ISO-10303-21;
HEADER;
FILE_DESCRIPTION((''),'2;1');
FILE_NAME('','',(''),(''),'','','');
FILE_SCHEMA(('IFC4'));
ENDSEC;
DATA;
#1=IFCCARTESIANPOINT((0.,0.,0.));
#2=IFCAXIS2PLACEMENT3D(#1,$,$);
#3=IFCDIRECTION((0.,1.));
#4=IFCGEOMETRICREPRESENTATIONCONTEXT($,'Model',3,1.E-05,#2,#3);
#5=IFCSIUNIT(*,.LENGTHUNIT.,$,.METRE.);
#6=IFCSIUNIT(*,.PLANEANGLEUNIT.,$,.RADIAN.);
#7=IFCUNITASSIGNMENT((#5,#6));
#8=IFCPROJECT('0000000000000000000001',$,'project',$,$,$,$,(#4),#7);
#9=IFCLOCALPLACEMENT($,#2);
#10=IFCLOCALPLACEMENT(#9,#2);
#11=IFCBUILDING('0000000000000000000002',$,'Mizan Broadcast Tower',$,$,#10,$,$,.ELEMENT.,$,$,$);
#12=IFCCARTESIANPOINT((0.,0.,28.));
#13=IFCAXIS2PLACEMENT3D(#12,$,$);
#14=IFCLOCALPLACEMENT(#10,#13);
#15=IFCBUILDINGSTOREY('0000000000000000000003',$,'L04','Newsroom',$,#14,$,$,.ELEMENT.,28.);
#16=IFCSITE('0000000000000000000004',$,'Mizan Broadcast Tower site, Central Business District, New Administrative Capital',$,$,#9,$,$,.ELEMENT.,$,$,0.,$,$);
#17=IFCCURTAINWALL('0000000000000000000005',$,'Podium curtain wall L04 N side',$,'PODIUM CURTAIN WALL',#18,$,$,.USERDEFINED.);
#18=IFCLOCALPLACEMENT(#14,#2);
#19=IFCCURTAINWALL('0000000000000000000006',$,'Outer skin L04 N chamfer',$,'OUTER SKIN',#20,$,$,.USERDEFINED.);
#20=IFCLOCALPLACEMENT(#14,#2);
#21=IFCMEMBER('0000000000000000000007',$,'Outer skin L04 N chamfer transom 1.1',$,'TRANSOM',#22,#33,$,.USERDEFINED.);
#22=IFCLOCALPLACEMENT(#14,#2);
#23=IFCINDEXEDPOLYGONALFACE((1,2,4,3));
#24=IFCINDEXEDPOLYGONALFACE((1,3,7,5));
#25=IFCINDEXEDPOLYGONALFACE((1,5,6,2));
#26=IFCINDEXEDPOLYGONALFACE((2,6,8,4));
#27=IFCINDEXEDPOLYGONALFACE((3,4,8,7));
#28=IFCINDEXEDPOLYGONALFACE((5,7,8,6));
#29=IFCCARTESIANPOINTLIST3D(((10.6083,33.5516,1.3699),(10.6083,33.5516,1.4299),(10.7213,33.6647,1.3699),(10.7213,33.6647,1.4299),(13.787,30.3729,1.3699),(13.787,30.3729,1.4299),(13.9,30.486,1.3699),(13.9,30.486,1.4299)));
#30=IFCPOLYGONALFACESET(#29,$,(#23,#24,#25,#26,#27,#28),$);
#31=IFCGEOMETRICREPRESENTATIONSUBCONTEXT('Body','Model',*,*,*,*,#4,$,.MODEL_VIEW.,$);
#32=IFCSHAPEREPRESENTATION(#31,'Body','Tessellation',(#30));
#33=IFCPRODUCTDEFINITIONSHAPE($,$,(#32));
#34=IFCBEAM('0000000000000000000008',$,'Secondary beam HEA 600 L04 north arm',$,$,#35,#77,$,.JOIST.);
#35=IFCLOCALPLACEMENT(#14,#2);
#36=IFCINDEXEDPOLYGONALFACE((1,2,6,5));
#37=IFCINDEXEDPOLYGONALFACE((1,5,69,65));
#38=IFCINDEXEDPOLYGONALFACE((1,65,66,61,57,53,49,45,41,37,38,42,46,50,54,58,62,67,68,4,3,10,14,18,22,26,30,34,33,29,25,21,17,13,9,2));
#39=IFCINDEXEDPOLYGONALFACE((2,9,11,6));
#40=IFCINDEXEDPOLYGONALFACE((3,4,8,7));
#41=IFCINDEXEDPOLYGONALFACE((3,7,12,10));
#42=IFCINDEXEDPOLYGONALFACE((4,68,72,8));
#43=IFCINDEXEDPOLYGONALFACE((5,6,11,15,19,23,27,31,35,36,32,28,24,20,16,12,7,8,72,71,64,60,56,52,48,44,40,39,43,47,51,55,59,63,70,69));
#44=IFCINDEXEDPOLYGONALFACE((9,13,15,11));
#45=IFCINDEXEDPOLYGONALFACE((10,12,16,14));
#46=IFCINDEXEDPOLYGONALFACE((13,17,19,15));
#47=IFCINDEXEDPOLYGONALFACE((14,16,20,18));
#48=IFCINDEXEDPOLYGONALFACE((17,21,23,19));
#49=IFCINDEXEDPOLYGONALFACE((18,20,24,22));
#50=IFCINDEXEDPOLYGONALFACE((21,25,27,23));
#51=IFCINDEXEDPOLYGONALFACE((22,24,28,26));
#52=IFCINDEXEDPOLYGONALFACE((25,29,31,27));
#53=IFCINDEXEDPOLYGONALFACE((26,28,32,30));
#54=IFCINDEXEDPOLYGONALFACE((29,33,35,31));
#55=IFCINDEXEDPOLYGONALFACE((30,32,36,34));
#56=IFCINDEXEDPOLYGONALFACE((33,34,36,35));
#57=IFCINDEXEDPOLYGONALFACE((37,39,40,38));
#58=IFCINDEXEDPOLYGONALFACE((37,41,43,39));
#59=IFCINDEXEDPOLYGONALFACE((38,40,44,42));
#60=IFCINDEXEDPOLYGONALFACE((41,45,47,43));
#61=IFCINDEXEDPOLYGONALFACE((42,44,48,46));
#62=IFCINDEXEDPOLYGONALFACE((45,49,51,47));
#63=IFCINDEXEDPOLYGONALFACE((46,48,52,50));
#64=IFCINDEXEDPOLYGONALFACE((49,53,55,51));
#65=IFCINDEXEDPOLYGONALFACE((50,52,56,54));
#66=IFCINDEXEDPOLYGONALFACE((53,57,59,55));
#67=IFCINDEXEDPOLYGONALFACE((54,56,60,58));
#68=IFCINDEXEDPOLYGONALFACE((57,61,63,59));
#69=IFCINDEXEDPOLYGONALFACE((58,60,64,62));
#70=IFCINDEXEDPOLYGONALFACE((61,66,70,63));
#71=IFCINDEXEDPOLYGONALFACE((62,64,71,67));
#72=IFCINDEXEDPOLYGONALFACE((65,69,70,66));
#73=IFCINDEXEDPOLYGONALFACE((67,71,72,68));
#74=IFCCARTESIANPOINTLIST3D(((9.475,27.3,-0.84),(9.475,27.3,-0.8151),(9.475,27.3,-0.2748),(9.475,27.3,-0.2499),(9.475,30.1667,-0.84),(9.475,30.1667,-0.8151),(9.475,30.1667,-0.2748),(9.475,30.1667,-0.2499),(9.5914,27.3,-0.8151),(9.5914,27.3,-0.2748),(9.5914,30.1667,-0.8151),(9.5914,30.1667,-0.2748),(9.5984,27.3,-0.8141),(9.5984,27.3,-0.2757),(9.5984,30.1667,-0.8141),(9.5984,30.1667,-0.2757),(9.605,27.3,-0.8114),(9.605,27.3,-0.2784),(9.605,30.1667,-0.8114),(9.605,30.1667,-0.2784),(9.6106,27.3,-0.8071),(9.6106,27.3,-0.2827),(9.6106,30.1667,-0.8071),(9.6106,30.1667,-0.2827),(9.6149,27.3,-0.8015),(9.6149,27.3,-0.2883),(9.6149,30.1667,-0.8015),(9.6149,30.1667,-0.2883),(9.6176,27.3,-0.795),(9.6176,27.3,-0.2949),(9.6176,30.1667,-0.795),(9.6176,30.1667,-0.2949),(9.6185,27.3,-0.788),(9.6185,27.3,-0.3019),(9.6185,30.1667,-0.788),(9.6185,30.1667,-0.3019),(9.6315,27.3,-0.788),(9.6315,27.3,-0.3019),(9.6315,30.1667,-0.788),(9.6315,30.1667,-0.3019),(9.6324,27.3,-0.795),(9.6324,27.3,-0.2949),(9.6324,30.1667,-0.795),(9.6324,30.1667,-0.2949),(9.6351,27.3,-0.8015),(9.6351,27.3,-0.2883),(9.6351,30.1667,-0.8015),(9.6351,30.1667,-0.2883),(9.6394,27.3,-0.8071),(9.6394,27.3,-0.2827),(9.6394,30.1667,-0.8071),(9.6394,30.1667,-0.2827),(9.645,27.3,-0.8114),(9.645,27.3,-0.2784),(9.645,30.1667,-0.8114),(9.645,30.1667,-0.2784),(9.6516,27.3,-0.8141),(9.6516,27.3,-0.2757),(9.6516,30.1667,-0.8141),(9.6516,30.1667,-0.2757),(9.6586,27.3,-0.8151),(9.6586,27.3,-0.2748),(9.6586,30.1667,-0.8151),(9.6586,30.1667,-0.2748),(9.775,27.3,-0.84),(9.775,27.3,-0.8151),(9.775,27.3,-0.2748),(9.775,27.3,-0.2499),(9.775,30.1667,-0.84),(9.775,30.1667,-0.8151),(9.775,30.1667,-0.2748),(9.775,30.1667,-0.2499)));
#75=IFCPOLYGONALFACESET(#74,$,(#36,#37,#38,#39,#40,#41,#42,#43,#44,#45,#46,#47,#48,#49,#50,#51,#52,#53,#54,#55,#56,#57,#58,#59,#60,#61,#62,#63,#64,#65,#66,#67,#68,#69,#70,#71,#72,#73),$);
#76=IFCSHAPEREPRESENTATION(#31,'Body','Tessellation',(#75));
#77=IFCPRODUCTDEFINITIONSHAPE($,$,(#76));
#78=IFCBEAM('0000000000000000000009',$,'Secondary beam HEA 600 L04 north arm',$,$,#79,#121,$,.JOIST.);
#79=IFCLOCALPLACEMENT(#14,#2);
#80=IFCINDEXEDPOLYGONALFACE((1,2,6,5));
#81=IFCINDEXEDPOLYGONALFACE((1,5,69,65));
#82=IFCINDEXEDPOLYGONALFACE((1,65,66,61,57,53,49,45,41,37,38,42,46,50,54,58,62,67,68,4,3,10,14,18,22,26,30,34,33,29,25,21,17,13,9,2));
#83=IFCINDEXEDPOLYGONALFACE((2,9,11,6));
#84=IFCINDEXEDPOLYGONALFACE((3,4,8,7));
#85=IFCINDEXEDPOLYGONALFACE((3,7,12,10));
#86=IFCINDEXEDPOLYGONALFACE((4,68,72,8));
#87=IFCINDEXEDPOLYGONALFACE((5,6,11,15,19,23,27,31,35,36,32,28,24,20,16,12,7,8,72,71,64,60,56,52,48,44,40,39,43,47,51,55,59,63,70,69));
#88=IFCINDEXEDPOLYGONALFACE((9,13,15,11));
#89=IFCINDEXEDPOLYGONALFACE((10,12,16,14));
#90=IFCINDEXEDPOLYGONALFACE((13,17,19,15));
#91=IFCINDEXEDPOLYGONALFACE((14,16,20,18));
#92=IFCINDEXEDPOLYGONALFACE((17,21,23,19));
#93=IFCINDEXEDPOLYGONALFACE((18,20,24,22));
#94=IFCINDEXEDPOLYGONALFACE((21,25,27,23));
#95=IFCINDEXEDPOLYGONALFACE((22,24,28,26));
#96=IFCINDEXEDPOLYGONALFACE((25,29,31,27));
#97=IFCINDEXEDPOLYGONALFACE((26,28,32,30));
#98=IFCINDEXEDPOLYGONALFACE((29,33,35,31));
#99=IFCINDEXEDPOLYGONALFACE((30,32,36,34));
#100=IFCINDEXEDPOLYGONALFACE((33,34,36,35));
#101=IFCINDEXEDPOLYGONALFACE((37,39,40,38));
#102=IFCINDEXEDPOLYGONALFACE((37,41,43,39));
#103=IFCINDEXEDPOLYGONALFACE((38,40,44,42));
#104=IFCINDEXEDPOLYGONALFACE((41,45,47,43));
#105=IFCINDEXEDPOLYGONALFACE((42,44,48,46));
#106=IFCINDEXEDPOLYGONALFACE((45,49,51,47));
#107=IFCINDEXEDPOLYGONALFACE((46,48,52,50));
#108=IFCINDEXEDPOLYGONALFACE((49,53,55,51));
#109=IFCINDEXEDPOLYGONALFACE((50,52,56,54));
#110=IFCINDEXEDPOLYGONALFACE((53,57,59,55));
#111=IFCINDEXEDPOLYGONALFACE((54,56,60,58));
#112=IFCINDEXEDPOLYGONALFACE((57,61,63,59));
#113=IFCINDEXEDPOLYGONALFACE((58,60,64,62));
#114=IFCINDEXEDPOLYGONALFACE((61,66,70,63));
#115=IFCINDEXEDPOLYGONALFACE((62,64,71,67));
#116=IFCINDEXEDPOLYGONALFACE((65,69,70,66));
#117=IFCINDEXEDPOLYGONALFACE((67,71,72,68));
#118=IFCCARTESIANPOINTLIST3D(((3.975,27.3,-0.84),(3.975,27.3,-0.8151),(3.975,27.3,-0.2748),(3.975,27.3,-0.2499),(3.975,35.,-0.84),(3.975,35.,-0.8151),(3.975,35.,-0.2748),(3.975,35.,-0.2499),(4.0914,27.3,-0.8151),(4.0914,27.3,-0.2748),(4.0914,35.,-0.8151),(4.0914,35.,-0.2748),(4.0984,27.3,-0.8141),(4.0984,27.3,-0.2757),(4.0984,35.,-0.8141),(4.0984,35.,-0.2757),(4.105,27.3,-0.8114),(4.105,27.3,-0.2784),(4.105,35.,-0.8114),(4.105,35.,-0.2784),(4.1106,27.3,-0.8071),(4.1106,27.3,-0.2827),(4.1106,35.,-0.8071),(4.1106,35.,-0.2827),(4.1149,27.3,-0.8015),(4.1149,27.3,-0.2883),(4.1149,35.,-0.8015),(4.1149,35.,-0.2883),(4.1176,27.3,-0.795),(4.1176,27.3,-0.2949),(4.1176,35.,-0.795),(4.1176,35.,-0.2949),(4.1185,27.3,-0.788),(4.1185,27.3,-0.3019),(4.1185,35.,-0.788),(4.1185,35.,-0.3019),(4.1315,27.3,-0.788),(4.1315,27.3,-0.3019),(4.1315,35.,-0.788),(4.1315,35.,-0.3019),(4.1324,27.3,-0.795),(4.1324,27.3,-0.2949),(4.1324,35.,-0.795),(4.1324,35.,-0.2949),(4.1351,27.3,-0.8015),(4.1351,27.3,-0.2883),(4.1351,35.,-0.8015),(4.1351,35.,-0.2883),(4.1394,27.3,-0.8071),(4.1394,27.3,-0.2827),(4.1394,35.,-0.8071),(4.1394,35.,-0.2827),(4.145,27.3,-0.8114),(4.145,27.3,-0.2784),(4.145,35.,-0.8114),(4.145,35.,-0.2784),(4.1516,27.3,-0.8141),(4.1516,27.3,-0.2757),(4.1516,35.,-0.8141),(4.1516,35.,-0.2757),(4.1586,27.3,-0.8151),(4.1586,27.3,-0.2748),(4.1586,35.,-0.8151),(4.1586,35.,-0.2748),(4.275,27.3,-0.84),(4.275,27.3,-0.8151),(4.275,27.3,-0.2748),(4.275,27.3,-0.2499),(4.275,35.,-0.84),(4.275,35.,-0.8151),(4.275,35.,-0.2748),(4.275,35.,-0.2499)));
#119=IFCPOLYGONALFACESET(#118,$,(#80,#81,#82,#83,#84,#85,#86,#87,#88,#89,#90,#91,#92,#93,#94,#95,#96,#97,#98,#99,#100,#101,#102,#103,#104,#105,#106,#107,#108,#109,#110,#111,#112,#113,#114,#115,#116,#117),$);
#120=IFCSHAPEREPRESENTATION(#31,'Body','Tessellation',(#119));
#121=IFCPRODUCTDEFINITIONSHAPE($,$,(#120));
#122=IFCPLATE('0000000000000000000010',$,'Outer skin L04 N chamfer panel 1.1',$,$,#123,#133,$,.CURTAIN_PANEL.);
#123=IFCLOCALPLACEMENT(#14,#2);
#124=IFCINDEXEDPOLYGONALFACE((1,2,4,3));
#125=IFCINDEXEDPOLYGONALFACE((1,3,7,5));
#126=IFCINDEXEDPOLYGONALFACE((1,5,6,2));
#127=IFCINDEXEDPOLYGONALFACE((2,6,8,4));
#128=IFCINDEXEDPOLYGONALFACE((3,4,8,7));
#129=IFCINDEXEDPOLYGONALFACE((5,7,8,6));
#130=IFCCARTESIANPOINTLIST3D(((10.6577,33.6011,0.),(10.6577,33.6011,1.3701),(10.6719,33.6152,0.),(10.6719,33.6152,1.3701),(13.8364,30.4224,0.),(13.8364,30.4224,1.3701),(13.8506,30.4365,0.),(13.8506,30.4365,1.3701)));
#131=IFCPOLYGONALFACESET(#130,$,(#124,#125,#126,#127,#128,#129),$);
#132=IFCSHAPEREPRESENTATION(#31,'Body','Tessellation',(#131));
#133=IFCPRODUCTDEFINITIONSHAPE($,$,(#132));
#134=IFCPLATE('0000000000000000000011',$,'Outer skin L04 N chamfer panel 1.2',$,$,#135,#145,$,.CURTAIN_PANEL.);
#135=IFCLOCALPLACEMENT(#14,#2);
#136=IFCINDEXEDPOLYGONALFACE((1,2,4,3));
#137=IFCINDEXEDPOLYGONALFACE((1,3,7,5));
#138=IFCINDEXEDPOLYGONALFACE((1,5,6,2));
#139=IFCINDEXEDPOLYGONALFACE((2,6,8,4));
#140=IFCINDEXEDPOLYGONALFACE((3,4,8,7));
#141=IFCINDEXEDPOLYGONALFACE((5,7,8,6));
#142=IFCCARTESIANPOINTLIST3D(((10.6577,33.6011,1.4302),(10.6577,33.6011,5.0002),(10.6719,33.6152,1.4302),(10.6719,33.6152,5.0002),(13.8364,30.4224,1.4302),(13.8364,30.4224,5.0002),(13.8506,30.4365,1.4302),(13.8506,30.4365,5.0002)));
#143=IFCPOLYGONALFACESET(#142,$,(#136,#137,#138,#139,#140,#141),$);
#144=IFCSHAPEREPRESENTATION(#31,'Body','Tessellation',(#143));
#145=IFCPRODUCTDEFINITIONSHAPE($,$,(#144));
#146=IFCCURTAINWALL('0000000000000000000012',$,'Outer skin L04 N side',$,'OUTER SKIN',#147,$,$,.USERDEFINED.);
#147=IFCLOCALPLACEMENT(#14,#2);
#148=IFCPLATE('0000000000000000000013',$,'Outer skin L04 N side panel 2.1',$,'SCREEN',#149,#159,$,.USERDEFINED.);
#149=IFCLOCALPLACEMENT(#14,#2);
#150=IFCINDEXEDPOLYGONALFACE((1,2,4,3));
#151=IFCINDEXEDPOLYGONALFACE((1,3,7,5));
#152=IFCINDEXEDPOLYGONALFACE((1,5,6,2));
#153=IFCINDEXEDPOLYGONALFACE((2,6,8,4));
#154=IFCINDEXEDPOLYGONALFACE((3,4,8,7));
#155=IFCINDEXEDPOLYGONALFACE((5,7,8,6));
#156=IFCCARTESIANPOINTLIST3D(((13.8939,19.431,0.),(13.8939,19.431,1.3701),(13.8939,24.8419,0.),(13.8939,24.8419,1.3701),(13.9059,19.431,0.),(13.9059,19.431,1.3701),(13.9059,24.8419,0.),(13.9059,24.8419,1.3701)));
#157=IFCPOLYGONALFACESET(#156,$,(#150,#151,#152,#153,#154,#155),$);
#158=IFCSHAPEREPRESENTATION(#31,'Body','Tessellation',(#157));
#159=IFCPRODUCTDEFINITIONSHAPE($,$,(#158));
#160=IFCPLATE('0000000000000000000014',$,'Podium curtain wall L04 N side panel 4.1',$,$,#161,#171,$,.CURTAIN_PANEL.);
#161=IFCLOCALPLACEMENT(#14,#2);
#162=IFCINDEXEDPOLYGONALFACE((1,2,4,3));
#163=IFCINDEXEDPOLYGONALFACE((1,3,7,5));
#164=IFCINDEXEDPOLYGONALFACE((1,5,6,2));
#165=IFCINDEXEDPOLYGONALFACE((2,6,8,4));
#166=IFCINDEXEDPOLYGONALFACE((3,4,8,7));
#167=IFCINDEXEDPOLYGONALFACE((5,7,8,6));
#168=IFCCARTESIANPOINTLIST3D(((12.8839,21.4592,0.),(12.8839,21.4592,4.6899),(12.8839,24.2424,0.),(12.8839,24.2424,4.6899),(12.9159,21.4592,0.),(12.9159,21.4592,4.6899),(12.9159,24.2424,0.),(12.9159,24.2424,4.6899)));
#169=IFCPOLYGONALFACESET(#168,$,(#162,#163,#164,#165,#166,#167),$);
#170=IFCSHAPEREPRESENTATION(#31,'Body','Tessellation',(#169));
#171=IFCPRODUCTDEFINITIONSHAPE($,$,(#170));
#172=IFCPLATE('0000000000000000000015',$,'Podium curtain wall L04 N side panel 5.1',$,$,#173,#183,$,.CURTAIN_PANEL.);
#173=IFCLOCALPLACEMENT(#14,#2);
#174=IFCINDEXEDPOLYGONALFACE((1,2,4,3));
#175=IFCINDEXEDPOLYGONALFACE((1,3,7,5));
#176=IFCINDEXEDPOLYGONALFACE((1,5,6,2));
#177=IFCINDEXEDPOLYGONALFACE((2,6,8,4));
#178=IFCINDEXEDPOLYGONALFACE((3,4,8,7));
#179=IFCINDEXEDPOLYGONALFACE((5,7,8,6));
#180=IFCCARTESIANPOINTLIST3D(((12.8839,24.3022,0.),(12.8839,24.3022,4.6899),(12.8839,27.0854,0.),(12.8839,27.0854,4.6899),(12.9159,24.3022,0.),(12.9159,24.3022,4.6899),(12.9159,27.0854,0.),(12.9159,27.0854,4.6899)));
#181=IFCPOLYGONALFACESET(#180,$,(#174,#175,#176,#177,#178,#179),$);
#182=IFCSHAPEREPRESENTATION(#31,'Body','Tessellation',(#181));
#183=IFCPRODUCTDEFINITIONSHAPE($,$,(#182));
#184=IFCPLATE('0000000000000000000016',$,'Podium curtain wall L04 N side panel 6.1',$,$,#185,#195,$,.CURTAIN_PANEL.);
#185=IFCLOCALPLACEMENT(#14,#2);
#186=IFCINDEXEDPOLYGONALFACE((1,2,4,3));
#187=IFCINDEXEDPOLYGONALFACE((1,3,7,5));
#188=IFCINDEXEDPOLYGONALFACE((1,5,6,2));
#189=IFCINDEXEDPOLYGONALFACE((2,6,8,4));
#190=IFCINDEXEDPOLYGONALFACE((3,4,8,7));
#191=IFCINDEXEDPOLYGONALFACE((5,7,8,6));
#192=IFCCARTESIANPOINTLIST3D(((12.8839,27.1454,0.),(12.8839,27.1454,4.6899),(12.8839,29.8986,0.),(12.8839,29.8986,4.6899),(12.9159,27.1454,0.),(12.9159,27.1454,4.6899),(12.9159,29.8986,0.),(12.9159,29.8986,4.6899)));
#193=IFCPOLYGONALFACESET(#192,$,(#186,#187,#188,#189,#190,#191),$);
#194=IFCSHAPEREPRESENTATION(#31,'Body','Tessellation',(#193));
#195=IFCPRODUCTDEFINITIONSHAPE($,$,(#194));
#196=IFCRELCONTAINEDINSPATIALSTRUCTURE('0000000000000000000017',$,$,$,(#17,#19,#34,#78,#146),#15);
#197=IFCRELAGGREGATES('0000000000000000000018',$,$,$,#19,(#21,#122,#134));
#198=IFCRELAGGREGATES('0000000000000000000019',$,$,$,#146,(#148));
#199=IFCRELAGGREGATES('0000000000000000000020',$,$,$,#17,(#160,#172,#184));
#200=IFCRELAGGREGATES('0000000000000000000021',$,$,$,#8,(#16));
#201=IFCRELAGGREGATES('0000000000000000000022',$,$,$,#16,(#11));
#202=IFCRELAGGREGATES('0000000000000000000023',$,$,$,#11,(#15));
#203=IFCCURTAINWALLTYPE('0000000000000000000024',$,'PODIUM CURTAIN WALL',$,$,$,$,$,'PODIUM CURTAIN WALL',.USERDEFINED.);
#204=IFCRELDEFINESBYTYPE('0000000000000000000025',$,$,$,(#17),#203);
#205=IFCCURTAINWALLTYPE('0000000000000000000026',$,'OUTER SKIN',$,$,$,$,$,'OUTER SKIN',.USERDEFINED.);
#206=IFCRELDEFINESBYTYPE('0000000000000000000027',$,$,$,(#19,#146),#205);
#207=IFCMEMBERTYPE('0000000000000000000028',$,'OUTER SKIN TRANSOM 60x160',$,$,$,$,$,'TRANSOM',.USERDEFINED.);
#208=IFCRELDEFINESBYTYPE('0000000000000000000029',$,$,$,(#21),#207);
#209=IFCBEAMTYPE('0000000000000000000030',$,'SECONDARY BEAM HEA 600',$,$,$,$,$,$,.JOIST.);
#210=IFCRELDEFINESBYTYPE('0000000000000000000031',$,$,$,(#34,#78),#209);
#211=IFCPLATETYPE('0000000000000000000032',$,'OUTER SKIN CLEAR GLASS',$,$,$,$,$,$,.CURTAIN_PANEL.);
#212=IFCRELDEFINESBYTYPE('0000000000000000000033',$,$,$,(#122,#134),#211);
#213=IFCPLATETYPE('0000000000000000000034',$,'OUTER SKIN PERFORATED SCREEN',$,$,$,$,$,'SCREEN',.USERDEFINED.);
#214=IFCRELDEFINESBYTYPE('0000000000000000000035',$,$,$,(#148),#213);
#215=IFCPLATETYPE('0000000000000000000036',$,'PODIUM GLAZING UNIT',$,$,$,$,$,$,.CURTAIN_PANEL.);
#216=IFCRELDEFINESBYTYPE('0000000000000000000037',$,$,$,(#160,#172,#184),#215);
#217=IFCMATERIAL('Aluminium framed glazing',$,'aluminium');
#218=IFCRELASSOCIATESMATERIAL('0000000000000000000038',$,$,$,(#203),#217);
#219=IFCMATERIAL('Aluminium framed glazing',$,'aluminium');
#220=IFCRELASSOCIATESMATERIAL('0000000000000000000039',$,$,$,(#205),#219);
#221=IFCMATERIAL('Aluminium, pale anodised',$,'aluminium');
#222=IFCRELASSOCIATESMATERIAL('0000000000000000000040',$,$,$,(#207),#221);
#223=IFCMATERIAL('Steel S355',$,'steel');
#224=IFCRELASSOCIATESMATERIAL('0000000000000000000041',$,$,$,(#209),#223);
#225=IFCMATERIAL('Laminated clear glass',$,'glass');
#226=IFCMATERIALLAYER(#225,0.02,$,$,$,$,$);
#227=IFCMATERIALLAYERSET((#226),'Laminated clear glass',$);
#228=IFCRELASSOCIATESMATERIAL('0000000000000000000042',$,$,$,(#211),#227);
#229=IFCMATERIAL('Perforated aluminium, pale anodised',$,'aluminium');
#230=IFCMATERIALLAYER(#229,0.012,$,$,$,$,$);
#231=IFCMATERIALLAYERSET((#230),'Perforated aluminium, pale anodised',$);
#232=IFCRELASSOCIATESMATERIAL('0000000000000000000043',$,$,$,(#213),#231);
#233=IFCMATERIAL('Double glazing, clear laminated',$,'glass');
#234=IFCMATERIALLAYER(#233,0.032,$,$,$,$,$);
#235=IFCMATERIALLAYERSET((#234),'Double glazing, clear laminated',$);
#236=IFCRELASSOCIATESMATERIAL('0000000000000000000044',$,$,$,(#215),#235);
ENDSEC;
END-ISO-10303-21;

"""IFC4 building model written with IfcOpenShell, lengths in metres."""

from ifc_helpers import new_model, si_unit, direction, frame, origin, origin_2d, place, context, subcontext, project, spatial, rectangle, i_section, extrude, material, layer, layer_set, material_profile, profile_set, type_object, element, aggregate, save


model = new_model("IFC4")

# Units and contexts
model_context = context("Model", 3, precision=1e-05, world=origin(), true_north=direction((0.0, 1.0)))
body_context = subcontext(model_context, "Body", "Model", "MODEL_VIEW")
ifc_project = project(units=[si_unit("LENGTHUNIT", "METRE"), si_unit("PLANEANGLEUNIT", "RADIAN")], contexts=[model_context])

# Site, building, storey
site_placement = place(None, origin())
site = spatial("IfcSite", under=ifc_project, at=site_placement, Name="Mizan Broadcast Tower site, Central Business District, New Administrative Capital", CompositionType="ELEMENT", RefElevation=0.0)
building_placement = place(site_placement, origin())
building = spatial("IfcBuilding", under=site, at=building_placement, Name="Mizan Broadcast Tower", CompositionType="ELEMENT")
storey_placement = place(building_placement, frame((0.0, 0.0, 28.0)))
storey = spatial("IfcBuildingStorey", under=building, at=storey_placement, Name="L04", Description="Newsroom", CompositionType="ELEMENT", Elevation=28.0)

# Curtain wall
ifc_material_1 = material(Name="Aluminium framed glazing", Category="aluminium")
curtain_wall_type_1 = type_object("IfcCurtainWallType", Name="PODIUM CURTAIN WALL", ElementType="PODIUM CURTAIN WALL", PredefinedType="USERDEFINED", material=ifc_material_1)
curtain_wall_1_placement = place(storey_placement, origin())
curtain_wall_1 = element("IfcCurtainWall", 1, at=curtain_wall_1_placement, inside=storey, type_object=curtain_wall_type_1, Name="Podium curtain wall L04 N side", ObjectType="PODIUM CURTAIN WALL", PredefinedType="USERDEFINED")

# Curtain wall, member
ifc_material_2 = material(Name="Aluminium framed glazing", Category="aluminium")
curtain_wall_type_2 = type_object("IfcCurtainWallType", Name="OUTER SKIN", ElementType="OUTER SKIN", PredefinedType="USERDEFINED", material=ifc_material_2)
curtain_wall_2_placement = place(storey_placement, origin())
curtain_wall_2 = element("IfcCurtainWall", 2, at=curtain_wall_2_placement, inside=storey, type_object=curtain_wall_type_2, Name="Outer skin L04 N chamfer", ObjectType="OUTER SKIN", PredefinedType="USERDEFINED")
ifc_material_3 = material(Name="Aluminium, pale anodised", Category="aluminium")
ifc_material_profile_1 = material_profile(ifc_material_3, rectangle(XDim=0.1599, YDim=0.0601, at=origin_2d()), Name="TRANSOM 160x60")
ifc_profile_set_1 = profile_set([ifc_material_profile_1], Name="Aluminium, pale anodised")
member_type_1 = type_object("IfcMemberType", Name="OUTER SKIN TRANSOM 60x160", ElementType="TRANSOM", PredefinedType="USERDEFINED", material=ifc_profile_set_1)
member_1_placement = place(storey_placement, frame((13.8435, 30.4294, 1.3999), z_axis=(-0.707107, 0.707107, 0.0), x_axis=(-0.707107, -0.707107, 0.0)))
member_1 = element("IfcMember", 3, at=member_1_placement, type_object=member_type_1, Name="Outer skin L04 N chamfer transom 1.1", ObjectType="TRANSOM", PredefinedType="USERDEFINED", context=body_context, shape_type="SweptSolid", body=[
    extrude(rectangle(XDim=0.1599, YDim=0.0601, at=origin_2d()), origin(), (0.0, 0.0, 1.0), 4.4954),
])

# Beams
ifc_material_4 = material(Name="Steel S355", Category="steel")
ifc_material_profile_2 = material_profile(ifc_material_4, i_section(OverallWidth=0.3, OverallDepth=0.5901, WebThickness=0.0129, FlangeThickness=0.0249, FilletRadius=0.0271, at=origin_2d()), Name="HEA 600")
ifc_profile_set_2 = profile_set([ifc_material_profile_2], Name="Steel S355")
beam_type_1 = type_object("IfcBeamType", Name="SECONDARY BEAM HEA 600", PredefinedType="JOIST", material=ifc_profile_set_2)
beam_1_placement = place(storey_placement, frame((9.625, 27.3, -0.5449), z_axis=(0.0, 1.0, 0.0), x_axis=(-1.0, 0.0, 0.0)))
element("IfcBeam", 4, at=beam_1_placement, inside=storey, type_object=beam_type_1, Name="Secondary beam HEA 600 L04 north arm", PredefinedType="JOIST", context=body_context, shape_type="SweptSolid", body=[
    extrude(i_section(OverallWidth=0.3, OverallDepth=0.5901, WebThickness=0.0129, FlangeThickness=0.0249, FilletRadius=0.0271, at=origin_2d()), origin(), (0.0, 0.0, 1.0), 2.8667),
])
beam_2_placement = place(storey_placement, frame((4.125, 27.3, -0.5449), z_axis=(0.0, 1.0, 0.0), x_axis=(-1.0, 0.0, 0.0)))
element("IfcBeam", 5, at=beam_2_placement, inside=storey, type_object=beam_type_1, Name="Secondary beam HEA 600 L04 north arm", PredefinedType="JOIST", context=body_context, shape_type="SweptSolid", body=[
    extrude(i_section(OverallWidth=0.3, OverallDepth=0.5901, WebThickness=0.0129, FlangeThickness=0.0249, FilletRadius=0.0271, at=origin_2d()), origin(), (0.0, 0.0, 1.0), 7.7),
])

# Plates
ifc_material_5 = material(Name="Laminated clear glass", Category="glass")
ifc_layer_1 = layer(ifc_material_5, 0.02)
ifc_layer_set_1 = layer_set([ifc_layer_1], Name="Laminated clear glass")
plate_type_1 = type_object("IfcPlateType", Name="OUTER SKIN CLEAR GLASS", PredefinedType="CURTAIN_PANEL", material=ifc_layer_set_1)
plate_1_placement = place(storey_placement, frame((12.2542, 32.0188, 0.0), z_axis=(0.0, 0.0, 1.0), x_axis=(-0.707107, 0.707107, 0.0)))
plate_1 = element("IfcPlate", 6, at=plate_1_placement, type_object=plate_type_1, Name="Outer skin L04 N chamfer panel 1.1", PredefinedType="CURTAIN_PANEL", context=body_context, shape_type="SweptSolid", body=[
    extrude(rectangle(XDim=4.4954, YDim=0.02, at=origin_2d()), origin(), (0.0, 0.0, 1.0), 1.3701),
])
plate_2_placement = place(storey_placement, frame((12.2542, 32.0188, 1.4302), z_axis=(0.0, 0.0, 1.0), x_axis=(-0.707107, 0.707107, 0.0)))
plate_2 = element("IfcPlate", 7, at=plate_2_placement, type_object=plate_type_1, Name="Outer skin L04 N chamfer panel 1.2", PredefinedType="CURTAIN_PANEL", context=body_context, shape_type="SweptSolid", body=[
    extrude(rectangle(XDim=4.4954, YDim=0.02, at=origin_2d()), origin(), (0.0, 0.0, 1.0), 3.5701),
])
aggregate(curtain_wall_2, [member_1, plate_1, plate_2])

# Curtain wall, plate
curtain_wall_3_placement = place(storey_placement, origin())
curtain_wall_3 = element("IfcCurtainWall", 8, at=curtain_wall_3_placement, inside=storey, type_object=curtain_wall_type_2, Name="Outer skin L04 N side", ObjectType="OUTER SKIN", PredefinedType="USERDEFINED")
ifc_material_6 = material(Name="Perforated aluminium, pale anodised", Category="aluminium")
ifc_layer_2 = layer(ifc_material_6, 0.012)
ifc_layer_set_2 = layer_set([ifc_layer_2], Name="Perforated aluminium, pale anodised")
plate_type_2 = type_object("IfcPlateType", Name="OUTER SKIN PERFORATED SCREEN", ElementType="SCREEN", PredefinedType="USERDEFINED", material=ifc_layer_set_2)
plate_3_placement = place(storey_placement, frame((13.8999, 22.1365, 0.0), z_axis=(0.0, 0.0, 1.0), x_axis=(0.0, 1.0, 0.0)))
plate_3 = element("IfcPlate", 9, at=plate_3_placement, type_object=plate_type_2, Name="Outer skin L04 N side panel 2.1", ObjectType="SCREEN", PredefinedType="USERDEFINED", context=body_context, shape_type="SweptSolid", body=[
    extrude(rectangle(XDim=5.4109, YDim=0.012, at=origin_2d()), origin(), (0.0, 0.0, 1.0), 1.3701),
])
aggregate(curtain_wall_3, [plate_3])

# Plates
ifc_material_7 = material(Name="Double glazing, clear laminated", Category="glass")
ifc_layer_3 = layer(ifc_material_7, 0.032)
ifc_layer_set_3 = layer_set([ifc_layer_3], Name="Double glazing, clear laminated")
plate_type_3 = type_object("IfcPlateType", Name="PODIUM GLAZING UNIT", PredefinedType="CURTAIN_PANEL", material=ifc_layer_set_3)
plate_4_placement = place(storey_placement, frame((12.8999, 22.8508, 0.0), z_axis=(0.0, 0.0, 1.0), x_axis=(0.0, 1.0, 0.0)))
plate_4 = element("IfcPlate", 10, at=plate_4_placement, type_object=plate_type_3, Name="Podium curtain wall L04 N side panel 4.1", PredefinedType="CURTAIN_PANEL", context=body_context, shape_type="SweptSolid", body=[
    extrude(rectangle(XDim=2.7832, YDim=0.032, at=origin_2d()), origin(), (0.0, 0.0, 1.0), 4.6899),
])
plate_5_placement = place(storey_placement, frame((12.8999, 25.6938, 0.0), z_axis=(0.0, 0.0, 1.0), x_axis=(0.0, 1.0, 0.0)))
plate_5 = element("IfcPlate", 11, at=plate_5_placement, type_object=plate_type_3, Name="Podium curtain wall L04 N side panel 5.1", PredefinedType="CURTAIN_PANEL", context=body_context, shape_type="SweptSolid", body=[
    extrude(rectangle(XDim=2.7832, YDim=0.032, at=origin_2d()), origin(), (0.0, 0.0, 1.0), 4.6899),
])
plate_6_placement = place(storey_placement, frame((12.8999, 28.522, 0.0), z_axis=(0.0, 0.0, 1.0), x_axis=(0.0, 1.0, 0.0)))
plate_6 = element("IfcPlate", 12, at=plate_6_placement, type_object=plate_type_3, Name="Podium curtain wall L04 N side panel 6.1", PredefinedType="CURTAIN_PANEL", context=body_context, shape_type="SweptSolid", body=[
    extrude(rectangle(XDim=2.7532, YDim=0.032, at=origin_2d()), origin(), (0.0, 0.0, 1.0), 4.6899),
])
aggregate(curtain_wall_1, [plate_4, plate_5, plate_6])

save(model, "model.ifc")
